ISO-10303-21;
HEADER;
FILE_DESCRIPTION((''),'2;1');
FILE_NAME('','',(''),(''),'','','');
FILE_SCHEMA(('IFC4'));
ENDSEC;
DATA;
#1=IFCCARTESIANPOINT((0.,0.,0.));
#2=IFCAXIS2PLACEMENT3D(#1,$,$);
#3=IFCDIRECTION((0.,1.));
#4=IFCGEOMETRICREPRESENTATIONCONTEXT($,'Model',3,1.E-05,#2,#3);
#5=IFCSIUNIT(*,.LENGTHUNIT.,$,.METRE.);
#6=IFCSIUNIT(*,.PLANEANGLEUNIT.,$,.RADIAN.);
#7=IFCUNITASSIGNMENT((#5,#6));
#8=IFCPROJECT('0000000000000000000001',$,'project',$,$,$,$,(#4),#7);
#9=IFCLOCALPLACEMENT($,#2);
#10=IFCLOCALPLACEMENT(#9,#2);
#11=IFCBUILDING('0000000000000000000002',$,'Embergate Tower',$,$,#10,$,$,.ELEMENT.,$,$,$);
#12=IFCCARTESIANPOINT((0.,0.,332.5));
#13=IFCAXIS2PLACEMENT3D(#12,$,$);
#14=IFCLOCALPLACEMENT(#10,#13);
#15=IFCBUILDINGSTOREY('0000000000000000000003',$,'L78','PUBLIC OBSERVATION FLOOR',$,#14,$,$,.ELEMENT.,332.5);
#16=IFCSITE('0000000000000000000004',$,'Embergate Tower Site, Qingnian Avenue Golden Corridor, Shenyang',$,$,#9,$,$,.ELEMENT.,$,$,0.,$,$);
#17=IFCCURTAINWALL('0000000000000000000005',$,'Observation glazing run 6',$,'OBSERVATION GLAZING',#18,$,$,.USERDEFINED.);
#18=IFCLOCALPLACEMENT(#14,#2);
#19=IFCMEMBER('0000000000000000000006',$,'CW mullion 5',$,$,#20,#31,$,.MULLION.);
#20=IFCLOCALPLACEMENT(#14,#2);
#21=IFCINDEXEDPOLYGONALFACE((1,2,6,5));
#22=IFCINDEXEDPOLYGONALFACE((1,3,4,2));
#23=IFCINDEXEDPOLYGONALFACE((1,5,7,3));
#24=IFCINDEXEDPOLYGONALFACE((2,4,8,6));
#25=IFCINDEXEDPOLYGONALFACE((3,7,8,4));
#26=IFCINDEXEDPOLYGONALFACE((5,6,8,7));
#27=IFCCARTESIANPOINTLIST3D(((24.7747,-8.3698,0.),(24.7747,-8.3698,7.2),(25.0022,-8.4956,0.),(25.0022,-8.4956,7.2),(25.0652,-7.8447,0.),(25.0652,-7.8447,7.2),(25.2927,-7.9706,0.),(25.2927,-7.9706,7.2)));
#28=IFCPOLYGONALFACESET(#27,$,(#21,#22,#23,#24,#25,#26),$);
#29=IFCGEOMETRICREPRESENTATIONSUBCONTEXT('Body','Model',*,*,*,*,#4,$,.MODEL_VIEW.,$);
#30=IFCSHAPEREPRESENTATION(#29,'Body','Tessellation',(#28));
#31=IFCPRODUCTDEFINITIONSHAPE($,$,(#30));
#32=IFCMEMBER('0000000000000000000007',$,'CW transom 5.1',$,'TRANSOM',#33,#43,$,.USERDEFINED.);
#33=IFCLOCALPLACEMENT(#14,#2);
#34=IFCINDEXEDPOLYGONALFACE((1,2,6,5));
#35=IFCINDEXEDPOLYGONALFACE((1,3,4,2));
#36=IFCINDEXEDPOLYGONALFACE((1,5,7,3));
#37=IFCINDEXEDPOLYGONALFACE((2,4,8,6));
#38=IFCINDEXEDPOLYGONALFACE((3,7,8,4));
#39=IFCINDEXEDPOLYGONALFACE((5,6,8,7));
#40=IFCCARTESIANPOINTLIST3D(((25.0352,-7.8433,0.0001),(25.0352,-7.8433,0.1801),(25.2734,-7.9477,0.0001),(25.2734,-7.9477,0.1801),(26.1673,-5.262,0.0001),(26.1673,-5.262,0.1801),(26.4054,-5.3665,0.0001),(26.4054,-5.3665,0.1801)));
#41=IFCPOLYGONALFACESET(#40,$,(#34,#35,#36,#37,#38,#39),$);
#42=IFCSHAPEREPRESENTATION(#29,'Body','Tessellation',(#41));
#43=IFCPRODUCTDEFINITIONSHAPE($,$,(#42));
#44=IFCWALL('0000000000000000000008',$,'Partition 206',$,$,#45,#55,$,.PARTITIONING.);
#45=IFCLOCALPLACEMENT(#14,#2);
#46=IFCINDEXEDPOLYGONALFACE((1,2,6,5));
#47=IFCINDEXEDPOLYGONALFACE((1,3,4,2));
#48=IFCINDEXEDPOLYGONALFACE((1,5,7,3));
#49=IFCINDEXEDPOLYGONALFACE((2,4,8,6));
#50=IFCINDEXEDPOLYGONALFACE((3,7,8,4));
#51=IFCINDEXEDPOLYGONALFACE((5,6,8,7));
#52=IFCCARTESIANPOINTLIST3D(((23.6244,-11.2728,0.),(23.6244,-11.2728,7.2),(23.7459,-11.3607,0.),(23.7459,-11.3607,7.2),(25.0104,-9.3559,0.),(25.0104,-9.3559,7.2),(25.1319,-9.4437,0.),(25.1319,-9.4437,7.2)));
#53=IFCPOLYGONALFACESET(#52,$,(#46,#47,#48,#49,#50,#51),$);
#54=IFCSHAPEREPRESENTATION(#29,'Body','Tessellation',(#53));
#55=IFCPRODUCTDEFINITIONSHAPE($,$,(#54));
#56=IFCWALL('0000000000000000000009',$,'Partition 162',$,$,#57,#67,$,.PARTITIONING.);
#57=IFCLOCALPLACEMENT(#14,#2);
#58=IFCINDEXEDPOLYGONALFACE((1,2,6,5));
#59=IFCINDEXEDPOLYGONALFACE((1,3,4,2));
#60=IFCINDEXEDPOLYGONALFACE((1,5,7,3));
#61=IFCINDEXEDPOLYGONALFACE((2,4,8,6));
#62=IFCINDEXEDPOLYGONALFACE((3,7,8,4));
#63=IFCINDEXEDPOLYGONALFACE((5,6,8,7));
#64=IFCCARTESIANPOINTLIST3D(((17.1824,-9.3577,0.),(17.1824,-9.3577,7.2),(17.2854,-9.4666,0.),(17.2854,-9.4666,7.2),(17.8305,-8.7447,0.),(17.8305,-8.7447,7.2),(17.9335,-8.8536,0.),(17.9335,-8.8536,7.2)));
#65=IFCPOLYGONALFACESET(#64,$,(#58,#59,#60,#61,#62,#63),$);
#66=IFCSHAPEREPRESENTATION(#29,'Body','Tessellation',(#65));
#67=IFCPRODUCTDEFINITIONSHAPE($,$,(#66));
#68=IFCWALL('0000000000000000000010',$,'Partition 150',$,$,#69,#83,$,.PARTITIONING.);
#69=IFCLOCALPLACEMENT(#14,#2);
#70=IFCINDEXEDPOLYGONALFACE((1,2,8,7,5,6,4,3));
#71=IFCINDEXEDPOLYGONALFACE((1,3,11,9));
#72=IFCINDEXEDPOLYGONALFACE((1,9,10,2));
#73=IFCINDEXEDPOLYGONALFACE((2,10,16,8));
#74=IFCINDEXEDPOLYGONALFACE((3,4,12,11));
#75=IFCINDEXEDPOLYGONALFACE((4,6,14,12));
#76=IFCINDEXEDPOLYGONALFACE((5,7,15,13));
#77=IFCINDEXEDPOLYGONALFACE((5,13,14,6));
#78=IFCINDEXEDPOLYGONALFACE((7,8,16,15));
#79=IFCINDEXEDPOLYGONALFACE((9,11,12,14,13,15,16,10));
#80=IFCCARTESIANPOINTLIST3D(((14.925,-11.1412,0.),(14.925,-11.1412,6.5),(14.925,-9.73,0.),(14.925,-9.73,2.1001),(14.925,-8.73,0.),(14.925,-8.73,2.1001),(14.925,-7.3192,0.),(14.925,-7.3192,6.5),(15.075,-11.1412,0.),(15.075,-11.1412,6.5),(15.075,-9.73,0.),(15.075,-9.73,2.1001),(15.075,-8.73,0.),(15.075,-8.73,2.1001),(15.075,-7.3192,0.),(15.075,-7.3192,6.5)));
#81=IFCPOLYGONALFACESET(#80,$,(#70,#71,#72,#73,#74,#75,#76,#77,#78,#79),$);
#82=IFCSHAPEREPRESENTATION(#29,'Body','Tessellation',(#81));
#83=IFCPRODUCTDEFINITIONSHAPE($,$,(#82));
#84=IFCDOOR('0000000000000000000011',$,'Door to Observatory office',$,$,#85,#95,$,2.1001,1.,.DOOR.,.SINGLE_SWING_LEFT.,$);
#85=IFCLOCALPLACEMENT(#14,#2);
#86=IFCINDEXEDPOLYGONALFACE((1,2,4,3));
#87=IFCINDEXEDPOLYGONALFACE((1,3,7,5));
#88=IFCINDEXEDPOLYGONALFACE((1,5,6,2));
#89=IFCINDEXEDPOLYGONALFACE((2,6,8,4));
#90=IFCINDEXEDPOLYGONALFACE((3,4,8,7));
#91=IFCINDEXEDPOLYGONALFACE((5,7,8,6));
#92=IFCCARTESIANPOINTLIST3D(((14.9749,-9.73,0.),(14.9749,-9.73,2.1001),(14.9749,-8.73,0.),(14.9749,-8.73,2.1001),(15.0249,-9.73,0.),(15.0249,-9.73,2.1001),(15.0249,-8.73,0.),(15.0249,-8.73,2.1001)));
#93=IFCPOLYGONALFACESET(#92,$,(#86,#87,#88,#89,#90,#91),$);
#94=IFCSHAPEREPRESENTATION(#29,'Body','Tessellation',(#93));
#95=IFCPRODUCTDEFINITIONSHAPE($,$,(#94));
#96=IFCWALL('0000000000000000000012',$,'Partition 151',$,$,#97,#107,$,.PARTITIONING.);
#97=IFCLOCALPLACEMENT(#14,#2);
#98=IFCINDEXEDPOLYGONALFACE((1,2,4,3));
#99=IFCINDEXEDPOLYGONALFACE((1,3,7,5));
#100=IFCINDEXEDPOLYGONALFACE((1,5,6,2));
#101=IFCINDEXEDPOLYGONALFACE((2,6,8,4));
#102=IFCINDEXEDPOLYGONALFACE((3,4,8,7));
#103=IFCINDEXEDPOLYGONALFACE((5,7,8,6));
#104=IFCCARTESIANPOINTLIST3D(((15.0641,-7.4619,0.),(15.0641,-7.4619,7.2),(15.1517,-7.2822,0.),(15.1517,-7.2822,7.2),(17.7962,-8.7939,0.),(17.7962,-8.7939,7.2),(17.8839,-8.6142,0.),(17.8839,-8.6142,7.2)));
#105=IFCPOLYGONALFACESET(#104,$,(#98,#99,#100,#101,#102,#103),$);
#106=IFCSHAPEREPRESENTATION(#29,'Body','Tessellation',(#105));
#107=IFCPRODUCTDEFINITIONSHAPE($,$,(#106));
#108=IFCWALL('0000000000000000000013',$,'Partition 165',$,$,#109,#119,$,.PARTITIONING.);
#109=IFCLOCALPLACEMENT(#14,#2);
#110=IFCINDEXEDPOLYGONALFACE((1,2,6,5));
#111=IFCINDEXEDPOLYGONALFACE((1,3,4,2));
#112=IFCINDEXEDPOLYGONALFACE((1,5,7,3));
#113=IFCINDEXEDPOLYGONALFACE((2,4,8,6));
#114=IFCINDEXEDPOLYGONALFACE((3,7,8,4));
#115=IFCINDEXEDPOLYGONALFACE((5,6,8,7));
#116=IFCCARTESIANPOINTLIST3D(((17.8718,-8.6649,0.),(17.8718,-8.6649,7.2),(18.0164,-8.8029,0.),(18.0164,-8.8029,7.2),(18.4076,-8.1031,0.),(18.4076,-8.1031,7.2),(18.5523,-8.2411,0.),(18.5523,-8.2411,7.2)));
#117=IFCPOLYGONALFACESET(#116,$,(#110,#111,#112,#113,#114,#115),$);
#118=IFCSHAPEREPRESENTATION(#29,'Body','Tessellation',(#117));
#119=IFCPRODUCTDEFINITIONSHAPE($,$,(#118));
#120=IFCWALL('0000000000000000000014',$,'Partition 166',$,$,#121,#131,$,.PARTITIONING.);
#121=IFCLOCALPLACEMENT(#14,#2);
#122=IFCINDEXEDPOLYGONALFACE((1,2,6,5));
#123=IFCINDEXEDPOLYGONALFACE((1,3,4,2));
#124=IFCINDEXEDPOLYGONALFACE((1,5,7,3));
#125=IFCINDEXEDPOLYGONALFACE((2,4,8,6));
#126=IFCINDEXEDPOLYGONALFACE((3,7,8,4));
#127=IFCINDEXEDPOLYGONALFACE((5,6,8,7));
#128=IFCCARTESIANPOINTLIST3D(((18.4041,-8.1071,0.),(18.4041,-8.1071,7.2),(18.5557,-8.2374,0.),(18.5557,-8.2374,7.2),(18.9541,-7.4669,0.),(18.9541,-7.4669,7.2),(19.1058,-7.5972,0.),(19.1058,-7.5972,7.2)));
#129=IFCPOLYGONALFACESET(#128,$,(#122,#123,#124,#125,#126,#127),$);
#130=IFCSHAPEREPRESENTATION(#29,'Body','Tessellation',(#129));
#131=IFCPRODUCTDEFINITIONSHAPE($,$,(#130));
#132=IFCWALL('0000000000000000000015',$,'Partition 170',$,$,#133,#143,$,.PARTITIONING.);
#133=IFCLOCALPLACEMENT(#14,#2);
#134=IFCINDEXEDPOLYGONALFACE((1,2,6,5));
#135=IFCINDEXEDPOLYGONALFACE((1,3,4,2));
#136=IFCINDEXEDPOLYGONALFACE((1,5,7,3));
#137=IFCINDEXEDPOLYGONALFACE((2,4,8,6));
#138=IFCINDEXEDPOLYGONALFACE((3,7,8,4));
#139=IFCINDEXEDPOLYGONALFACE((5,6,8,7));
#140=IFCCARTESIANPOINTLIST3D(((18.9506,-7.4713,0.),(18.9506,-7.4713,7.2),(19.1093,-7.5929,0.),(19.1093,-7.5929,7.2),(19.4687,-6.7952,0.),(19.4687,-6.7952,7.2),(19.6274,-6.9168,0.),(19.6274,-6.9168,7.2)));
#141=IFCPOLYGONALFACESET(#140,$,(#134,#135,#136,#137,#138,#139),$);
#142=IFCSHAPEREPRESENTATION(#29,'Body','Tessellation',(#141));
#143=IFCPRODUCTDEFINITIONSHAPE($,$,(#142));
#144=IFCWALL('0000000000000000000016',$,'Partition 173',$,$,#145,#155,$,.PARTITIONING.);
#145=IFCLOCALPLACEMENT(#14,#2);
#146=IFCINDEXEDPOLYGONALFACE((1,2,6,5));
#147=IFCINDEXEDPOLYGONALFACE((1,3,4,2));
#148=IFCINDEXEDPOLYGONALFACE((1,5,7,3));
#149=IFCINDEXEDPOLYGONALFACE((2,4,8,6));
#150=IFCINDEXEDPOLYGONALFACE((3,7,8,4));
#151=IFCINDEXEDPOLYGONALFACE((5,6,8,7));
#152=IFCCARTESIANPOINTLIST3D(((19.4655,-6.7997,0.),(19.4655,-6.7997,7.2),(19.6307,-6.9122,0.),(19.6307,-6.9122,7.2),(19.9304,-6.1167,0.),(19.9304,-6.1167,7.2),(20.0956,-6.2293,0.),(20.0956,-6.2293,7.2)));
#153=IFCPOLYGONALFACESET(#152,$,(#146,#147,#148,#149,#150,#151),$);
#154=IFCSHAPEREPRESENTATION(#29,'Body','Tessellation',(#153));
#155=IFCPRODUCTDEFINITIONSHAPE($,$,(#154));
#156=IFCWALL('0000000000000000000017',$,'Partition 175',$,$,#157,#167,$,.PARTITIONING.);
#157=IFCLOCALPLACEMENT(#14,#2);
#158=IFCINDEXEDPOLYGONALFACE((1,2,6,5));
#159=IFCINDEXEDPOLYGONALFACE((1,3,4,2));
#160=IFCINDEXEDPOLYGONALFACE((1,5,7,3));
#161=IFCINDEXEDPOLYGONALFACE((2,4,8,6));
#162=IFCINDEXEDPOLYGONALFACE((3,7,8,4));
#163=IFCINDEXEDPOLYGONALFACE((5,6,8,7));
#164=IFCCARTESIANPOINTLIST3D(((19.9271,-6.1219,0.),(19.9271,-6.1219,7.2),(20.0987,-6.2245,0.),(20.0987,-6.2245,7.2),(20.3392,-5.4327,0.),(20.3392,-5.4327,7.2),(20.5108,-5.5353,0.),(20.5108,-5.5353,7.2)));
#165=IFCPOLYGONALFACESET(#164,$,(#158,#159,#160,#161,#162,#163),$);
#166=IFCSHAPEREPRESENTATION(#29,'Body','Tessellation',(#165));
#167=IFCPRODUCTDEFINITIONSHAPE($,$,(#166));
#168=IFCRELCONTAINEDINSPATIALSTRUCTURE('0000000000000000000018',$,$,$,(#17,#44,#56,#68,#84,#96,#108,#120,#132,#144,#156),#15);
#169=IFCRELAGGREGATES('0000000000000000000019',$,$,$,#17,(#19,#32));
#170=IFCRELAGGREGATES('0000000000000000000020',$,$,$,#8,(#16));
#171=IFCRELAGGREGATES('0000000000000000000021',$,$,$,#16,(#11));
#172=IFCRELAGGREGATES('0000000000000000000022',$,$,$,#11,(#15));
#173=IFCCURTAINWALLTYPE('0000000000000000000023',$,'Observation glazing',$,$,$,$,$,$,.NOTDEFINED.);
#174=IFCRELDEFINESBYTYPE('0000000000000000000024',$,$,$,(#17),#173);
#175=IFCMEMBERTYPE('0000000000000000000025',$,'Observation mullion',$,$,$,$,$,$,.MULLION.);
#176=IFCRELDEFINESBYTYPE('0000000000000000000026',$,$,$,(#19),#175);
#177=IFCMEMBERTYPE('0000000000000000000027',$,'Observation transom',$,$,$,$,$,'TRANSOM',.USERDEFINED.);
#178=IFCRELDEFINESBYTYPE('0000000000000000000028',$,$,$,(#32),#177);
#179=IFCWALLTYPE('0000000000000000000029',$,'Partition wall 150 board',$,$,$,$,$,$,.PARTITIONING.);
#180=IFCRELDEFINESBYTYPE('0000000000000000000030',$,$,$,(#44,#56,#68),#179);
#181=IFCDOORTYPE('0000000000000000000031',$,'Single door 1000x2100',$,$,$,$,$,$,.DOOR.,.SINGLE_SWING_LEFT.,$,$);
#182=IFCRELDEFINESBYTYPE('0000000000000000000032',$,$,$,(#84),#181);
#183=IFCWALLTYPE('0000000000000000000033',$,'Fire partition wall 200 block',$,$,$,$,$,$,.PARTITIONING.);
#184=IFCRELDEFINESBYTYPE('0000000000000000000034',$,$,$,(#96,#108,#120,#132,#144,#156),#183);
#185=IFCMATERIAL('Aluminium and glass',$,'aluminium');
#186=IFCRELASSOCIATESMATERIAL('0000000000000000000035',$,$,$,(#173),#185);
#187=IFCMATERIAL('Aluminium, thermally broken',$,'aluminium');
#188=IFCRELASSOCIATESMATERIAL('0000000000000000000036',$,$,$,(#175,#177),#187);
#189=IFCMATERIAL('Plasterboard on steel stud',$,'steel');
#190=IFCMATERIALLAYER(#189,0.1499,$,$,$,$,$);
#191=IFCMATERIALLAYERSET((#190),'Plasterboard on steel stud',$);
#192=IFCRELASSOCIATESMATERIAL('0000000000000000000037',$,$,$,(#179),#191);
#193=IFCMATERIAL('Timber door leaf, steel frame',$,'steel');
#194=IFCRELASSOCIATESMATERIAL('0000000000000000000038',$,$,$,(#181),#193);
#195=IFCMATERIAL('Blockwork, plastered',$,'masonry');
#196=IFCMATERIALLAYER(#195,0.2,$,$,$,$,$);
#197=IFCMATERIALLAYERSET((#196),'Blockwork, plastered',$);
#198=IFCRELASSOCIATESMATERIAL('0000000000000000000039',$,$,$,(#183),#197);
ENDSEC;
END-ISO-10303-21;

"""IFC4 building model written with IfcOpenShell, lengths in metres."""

from ifc_helpers import new_model, si_unit, direction, frame, frame_2d, origin, origin_2d, place, context, subcontext, project, spatial, rectangle, extrude, source, transform, mapped, material, layer, layer_set, material_profile, profile_set, type_object, element, fill, aggregate, save


model = new_model("IFC4")

# Units and contexts
model_context = context("Model", 3, precision=1e-05, world=origin(), true_north=direction((0.0, 1.0)))
body_context = subcontext(model_context, "Body", "Model", "MODEL_VIEW")
ifc_project = project(units=[si_unit("LENGTHUNIT", "METRE"), si_unit("PLANEANGLEUNIT", "RADIAN")], contexts=[model_context])

# Site, building, storey
site_placement = place(None, origin())
site = spatial("IfcSite", under=ifc_project, at=site_placement, Name="Embergate Tower Site, Qingnian Avenue Golden Corridor, Shenyang", CompositionType="ELEMENT", RefElevation=0.0)
building_placement = place(site_placement, origin())
building = spatial("IfcBuilding", under=site, at=building_placement, Name="Embergate Tower", CompositionType="ELEMENT")
storey_placement = place(building_placement, frame((0.0, 0.0, 332.5)))
storey = spatial("IfcBuildingStorey", under=building, at=storey_placement, Name="L78", Description="PUBLIC OBSERVATION FLOOR", CompositionType="ELEMENT", Elevation=332.5)

# Curtain wall, members
ifc_material_1 = material(Name="Aluminium and glass", Category="aluminium")
curtain_wall_type = type_object("IfcCurtainWallType", Name="Observation glazing", PredefinedType="NOTDEFINED", material=ifc_material_1)
curtain_wall_placement = place(storey_placement, origin())
curtain_wall = element("IfcCurtainWall", 1, at=curtain_wall_placement, inside=storey, type_object=curtain_wall_type, Name="Observation glazing run 6", ObjectType="OBSERVATION GLAZING", PredefinedType="USERDEFINED")
ifc_material_2 = material(Name="Aluminium, thermally broken", Category="aluminium")
ifc_material_profile_1 = material_profile(ifc_material_2, rectangle(XDim=0.26, YDim=0.6001, at=origin_2d()), Name="AL 600x260")
ifc_profile_set_1 = profile_set([ifc_material_profile_1], Name="Aluminium, thermally broken")
member_type_1 = type_object("IfcMemberType", Name="Observation mullion", PredefinedType="MULLION", material=ifc_profile_set_1)
shared_shape_1 = source(origin(), body_context, "Body", "SweptSolid", [
    extrude(rectangle(XDim=0.26, YDim=0.6001, at=origin_2d()), origin(), (0.0, 0.0, 1.0), 7.2),
])
member_1_placement = place(storey_placement, frame((25.0337, -8.1702, 0.0), z_axis=(0.0, 0.0, 1.0), x_axis=(-0.874977, 0.484164, 0.0)))
member_1 = element("IfcMember", 2, at=member_1_placement, type_object=member_type_1, Name="CW mullion 5", PredefinedType="MULLION", context=body_context, shape_type="MappedRepresentation", body=[
    mapped(shared_shape_1, transform((0.0, 0.0, 0.0))),
])
ifc_material_profile_2 = material_profile(ifc_material_2, rectangle(XDim=0.26, YDim=0.1799, at=origin_2d()), Name="AL 180x260")
ifc_profile_set_2 = profile_set([ifc_material_profile_2], Name="Aluminium, thermally broken")
member_type_2 = type_object("IfcMemberType", Name="Observation transom", ElementType="TRANSOM", PredefinedType="USERDEFINED", material=ifc_profile_set_2)
shared_shape_2 = source(origin(), body_context, "Body", "SweptSolid", [
    extrude(rectangle(XDim=0.26, YDim=0.1799, at=origin_2d()), origin(), (0.0, 0.0, 1.0), 2.8186),
])
member_2_placement = place(storey_placement, frame((25.1543, -7.8955, 0.0901), z_axis=(0.401641, 0.915797, 0.0), x_axis=(-0.915797, 0.401641, 0.0)))
member_2 = element("IfcMember", 3, at=member_2_placement, type_object=member_type_2, Name="CW transom 5.1", ObjectType="TRANSOM", PredefinedType="USERDEFINED", context=body_context, shape_type="MappedRepresentation", body=[
    mapped(shared_shape_2, transform((0.0, 0.0, 0.0))),
])
aggregate(curtain_wall, [member_1, member_2])

# Walls
ifc_material_3 = material(Name="Plasterboard on steel stud", Category="steel")
ifc_layer_1 = layer(ifc_material_3, 0.1499)
ifc_layer_set_1 = layer_set([ifc_layer_1], Name="Plasterboard on steel stud")
wall_type_1 = type_object("IfcWallType", Name="Partition wall 150 board", PredefinedType="PARTITIONING", material=ifc_layer_set_1)
shared_shape_3 = source(origin(), body_context, "Body", "SweptSolid", [
    extrude(rectangle(XDim=2.3655, YDim=0.1499, at=frame_2d((1.1826, 0.0))), origin(), (0.0, 0.0, 1.0), 7.2),
])
wall_1_placement = place(storey_placement, frame((25.071, -9.3999, 0.0), z_axis=(0.0, 0.0, 1.0), x_axis=(-0.585905, -0.81038, 0.0)))
element("IfcWall", 4, at=wall_1_placement, inside=storey, type_object=wall_type_1, Name="Partition 206", PredefinedType="PARTITIONING", context=body_context, shape_type="MappedRepresentation", body=[
    mapped(shared_shape_3, transform((0.0, 0.0, 0.0))),
])
shared_shape_4 = source(origin(), body_context, "Body", "SweptSolid", [
    extrude(rectangle(XDim=0.8921, YDim=0.1499, at=frame_2d((0.446, 0.0))), origin(), (0.0, 0.0, 1.0), 7.2),
])
wall_2_placement = place(storey_placement, frame((17.2339, -9.4121, 0.0), z_axis=(0.0, 0.0, 1.0), x_axis=(0.726535, 0.68713, 0.0)))
element("IfcWall", 5, at=wall_2_placement, inside=storey, type_object=wall_type_1, Name="Partition 162", PredefinedType="PARTITIONING", context=body_context, shape_type="MappedRepresentation", body=[
    mapped(shared_shape_4, transform((0.0, 0.0, 0.0))),
])

# Wall, opening, door
shared_shape_5 = source(origin(), body_context, "Body", "SweptSolid", [
    extrude(rectangle(XDim=3.822, YDim=0.1499, at=frame_2d((1.9111, 0.0))), origin(), (0.0, 0.0, 1.0), 6.5),
])
wall_3_placement = place(storey_placement, frame((15.0, -7.3191, 0.0), z_axis=(0.0, 0.0, 1.0), x_axis=(0.0, -1.0, 0.0)))
wall_3 = element("IfcWall", 6, at=wall_3_placement, inside=storey, type_object=wall_type_1, Name="Partition 150", PredefinedType="PARTITIONING", context=body_context, shape_type="MappedRepresentation", body=[
    mapped(shared_shape_5, transform((0.0, 0.0, 0.0))),
])
shared_shape_6 = source(origin(), body_context, "Body", "SweptSolid", [
    extrude(rectangle(XDim=1.0, YDim=2.1001, at=frame_2d((0.5, 1.05))), frame((0.0, 0.085, 0.0), z_axis=(0.0, -1.0, 0.0), x_axis=(1.0, 0.0, 0.0)), (0.0, 0.0, 1.0), 0.1699),
])
opening_placement = place(wall_3_placement, frame((1.4109, 0.0, 0.0)))
opening = element("IfcOpeningElement", 7, at=opening_placement, cuts=wall_3, PredefinedType="OPENING", context=body_context, shape_type="MappedRepresentation", body=[
    mapped(shared_shape_6, transform((0.0, 0.0, 0.0))),
])
ifc_material_4 = material(Name="Timber door leaf, steel frame", Category="steel")
door_type = type_object("IfcDoorType", Name="Single door 1000x2100", OperationType="SINGLE_SWING_LEFT", PredefinedType="DOOR", material=ifc_material_4)
shared_shape_7 = source(origin(), body_context, "Body", "SweptSolid", [
    extrude(rectangle(XDim=1.0, YDim=2.1001, at=frame_2d((0.5, 1.05))), frame((0.0, 0.0249, 0.0), z_axis=(0.0, -1.0, 0.0), x_axis=(1.0, 0.0, 0.0)), (0.0, 0.0, 1.0), 0.05),
])
door_placement = place(opening_placement, origin())
door = element("IfcDoor", 8, at=door_placement, inside=storey, type_object=door_type, Name="Door to Observatory office", OperationType="SINGLE_SWING_LEFT", OverallHeight=2.1001, OverallWidth=1.0, PredefinedType="DOOR", context=body_context, shape_type="MappedRepresentation", body=[
    mapped(shared_shape_7, transform((0.0, 0.0, 0.0))),
])
fill(opening, door)

# Walls
ifc_material_5 = material(Name="Blockwork, plastered", Category="masonry")
ifc_layer_2 = layer(ifc_material_5, 0.2)
ifc_layer_set_2 = layer_set([ifc_layer_2], Name="Blockwork, plastered")
wall_type_2 = type_object("IfcWallType", Name="Fire partition wall 200 block", PredefinedType="PARTITIONING", material=ifc_layer_set_2)
shared_shape_8 = source(origin(), body_context, "Body", "SweptSolid", [
    extrude(rectangle(XDim=3.0396, YDim=0.2, at=frame_2d((1.5198, 0.0))), origin(), (0.0, 0.0, 1.0), 7.2),
])
wall_4_placement = place(storey_placement, frame((15.1079, -7.3721, 0.0), z_axis=(0.0, 0.0, 1.0), x_axis=(0.898864, -0.438227, 0.0)))
element("IfcWall", 9, at=wall_4_placement, inside=storey, type_object=wall_type_2, Name="Partition 151", PredefinedType="PARTITIONING", context=body_context, shape_type="MappedRepresentation", body=[
    mapped(shared_shape_8, transform((0.0, 0.0, 0.0))),
])
shared_shape_9 = source(origin(), body_context, "Body", "SweptSolid", [
    extrude(rectangle(XDim=0.7764, YDim=0.2, at=frame_2d((0.3882, 0.0))), origin(), (0.0, 0.0, 1.0), 7.2),
])
wall_5_placement = place(storey_placement, frame((17.9441, -8.7339, 0.0), z_axis=(0.0, 0.0, 1.0), x_axis=(0.690244, 0.723577, 0.0)))
element("IfcWall", 10, at=wall_5_placement, inside=storey, type_object=wall_type_2, Name="Partition 165", PredefinedType="PARTITIONING", context=body_context, shape_type="MappedRepresentation", body=[
    mapped(shared_shape_9, transform((0.0, 0.0, 0.0))),
])
shared_shape_10 = source(origin(), body_context, "Body", "SweptSolid", [
    extrude(rectangle(XDim=0.844, YDim=0.2, at=frame_2d((0.4219, 0.0))), origin(), (0.0, 0.0, 1.0), 7.2),
])
wall_6_placement = place(storey_placement, frame((18.48, -8.1721, 0.0), z_axis=(0.0, 0.0, 1.0), x_axis=(0.65172, 0.75846, 0.0)))
element("IfcWall", 11, at=wall_6_placement, inside=storey, type_object=wall_type_2, Name="Partition 166", PredefinedType="PARTITIONING", context=body_context, shape_type="MappedRepresentation", body=[
    mapped(shared_shape_10, transform((0.0, 0.0, 0.0))),
])
shared_shape_11 = source(origin(), body_context, "Body", "SweptSolid", [
    extrude(rectangle(XDim=0.8518, YDim=0.2, at=frame_2d((0.4258, 0.0))), origin(), (0.0, 0.0, 1.0), 7.2),
])
wall_7_placement = place(storey_placement, frame((19.03, -7.532, 0.0), z_axis=(0.0, 0.0, 1.0), x_axis=(0.608269, 0.793731, 0.0)))
element("IfcWall", 12, at=wall_7_placement, inside=storey, type_object=wall_type_2, Name="Partition 170", PredefinedType="PARTITIONING", context=body_context, shape_type="MappedRepresentation", body=[
    mapped(shared_shape_11, transform((0.0, 0.0, 0.0))),
])
shared_shape_12 = source(origin(), body_context, "Body", "SweptSolid", [
    extrude(rectangle(XDim=0.8262, YDim=0.2, at=frame_2d((0.4131, 0.0))), origin(), (0.0, 0.0, 1.0), 7.2),
])
wall_8_placement = place(storey_placement, frame((19.5481, -6.856, 0.0), z_axis=(0.0, 0.0, 1.0), x_axis=(0.562722, 0.826646, 0.0)))
element("IfcWall", 13, at=wall_8_placement, inside=storey, type_object=wall_type_2, Name="Partition 173", PredefinedType="PARTITIONING", context=body_context, shape_type="MappedRepresentation", body=[
    mapped(shared_shape_12, transform((0.0, 0.0, 0.0))),
])
shared_shape_13 = source(origin(), body_context, "Body", "SweptSolid", [
    extrude(rectangle(XDim=0.803, YDim=0.2, at=frame_2d((0.4014, 0.0))), origin(), (0.0, 0.0, 1.0), 7.2),
])
wall_9_placement = place(storey_placement, frame((20.0129, -6.1731, 0.0), z_axis=(0.0, 0.0, 1.0), x_axis=(0.513199, 0.85827, 0.0)))
element("IfcWall", 14, at=wall_9_placement, inside=storey, type_object=wall_type_2, Name="Partition 175", PredefinedType="PARTITIONING", context=body_context, shape_type="MappedRepresentation", body=[
    mapped(shared_shape_13, transform((0.0, 0.0, 0.0))),
])

save(model, "model.ifc")
